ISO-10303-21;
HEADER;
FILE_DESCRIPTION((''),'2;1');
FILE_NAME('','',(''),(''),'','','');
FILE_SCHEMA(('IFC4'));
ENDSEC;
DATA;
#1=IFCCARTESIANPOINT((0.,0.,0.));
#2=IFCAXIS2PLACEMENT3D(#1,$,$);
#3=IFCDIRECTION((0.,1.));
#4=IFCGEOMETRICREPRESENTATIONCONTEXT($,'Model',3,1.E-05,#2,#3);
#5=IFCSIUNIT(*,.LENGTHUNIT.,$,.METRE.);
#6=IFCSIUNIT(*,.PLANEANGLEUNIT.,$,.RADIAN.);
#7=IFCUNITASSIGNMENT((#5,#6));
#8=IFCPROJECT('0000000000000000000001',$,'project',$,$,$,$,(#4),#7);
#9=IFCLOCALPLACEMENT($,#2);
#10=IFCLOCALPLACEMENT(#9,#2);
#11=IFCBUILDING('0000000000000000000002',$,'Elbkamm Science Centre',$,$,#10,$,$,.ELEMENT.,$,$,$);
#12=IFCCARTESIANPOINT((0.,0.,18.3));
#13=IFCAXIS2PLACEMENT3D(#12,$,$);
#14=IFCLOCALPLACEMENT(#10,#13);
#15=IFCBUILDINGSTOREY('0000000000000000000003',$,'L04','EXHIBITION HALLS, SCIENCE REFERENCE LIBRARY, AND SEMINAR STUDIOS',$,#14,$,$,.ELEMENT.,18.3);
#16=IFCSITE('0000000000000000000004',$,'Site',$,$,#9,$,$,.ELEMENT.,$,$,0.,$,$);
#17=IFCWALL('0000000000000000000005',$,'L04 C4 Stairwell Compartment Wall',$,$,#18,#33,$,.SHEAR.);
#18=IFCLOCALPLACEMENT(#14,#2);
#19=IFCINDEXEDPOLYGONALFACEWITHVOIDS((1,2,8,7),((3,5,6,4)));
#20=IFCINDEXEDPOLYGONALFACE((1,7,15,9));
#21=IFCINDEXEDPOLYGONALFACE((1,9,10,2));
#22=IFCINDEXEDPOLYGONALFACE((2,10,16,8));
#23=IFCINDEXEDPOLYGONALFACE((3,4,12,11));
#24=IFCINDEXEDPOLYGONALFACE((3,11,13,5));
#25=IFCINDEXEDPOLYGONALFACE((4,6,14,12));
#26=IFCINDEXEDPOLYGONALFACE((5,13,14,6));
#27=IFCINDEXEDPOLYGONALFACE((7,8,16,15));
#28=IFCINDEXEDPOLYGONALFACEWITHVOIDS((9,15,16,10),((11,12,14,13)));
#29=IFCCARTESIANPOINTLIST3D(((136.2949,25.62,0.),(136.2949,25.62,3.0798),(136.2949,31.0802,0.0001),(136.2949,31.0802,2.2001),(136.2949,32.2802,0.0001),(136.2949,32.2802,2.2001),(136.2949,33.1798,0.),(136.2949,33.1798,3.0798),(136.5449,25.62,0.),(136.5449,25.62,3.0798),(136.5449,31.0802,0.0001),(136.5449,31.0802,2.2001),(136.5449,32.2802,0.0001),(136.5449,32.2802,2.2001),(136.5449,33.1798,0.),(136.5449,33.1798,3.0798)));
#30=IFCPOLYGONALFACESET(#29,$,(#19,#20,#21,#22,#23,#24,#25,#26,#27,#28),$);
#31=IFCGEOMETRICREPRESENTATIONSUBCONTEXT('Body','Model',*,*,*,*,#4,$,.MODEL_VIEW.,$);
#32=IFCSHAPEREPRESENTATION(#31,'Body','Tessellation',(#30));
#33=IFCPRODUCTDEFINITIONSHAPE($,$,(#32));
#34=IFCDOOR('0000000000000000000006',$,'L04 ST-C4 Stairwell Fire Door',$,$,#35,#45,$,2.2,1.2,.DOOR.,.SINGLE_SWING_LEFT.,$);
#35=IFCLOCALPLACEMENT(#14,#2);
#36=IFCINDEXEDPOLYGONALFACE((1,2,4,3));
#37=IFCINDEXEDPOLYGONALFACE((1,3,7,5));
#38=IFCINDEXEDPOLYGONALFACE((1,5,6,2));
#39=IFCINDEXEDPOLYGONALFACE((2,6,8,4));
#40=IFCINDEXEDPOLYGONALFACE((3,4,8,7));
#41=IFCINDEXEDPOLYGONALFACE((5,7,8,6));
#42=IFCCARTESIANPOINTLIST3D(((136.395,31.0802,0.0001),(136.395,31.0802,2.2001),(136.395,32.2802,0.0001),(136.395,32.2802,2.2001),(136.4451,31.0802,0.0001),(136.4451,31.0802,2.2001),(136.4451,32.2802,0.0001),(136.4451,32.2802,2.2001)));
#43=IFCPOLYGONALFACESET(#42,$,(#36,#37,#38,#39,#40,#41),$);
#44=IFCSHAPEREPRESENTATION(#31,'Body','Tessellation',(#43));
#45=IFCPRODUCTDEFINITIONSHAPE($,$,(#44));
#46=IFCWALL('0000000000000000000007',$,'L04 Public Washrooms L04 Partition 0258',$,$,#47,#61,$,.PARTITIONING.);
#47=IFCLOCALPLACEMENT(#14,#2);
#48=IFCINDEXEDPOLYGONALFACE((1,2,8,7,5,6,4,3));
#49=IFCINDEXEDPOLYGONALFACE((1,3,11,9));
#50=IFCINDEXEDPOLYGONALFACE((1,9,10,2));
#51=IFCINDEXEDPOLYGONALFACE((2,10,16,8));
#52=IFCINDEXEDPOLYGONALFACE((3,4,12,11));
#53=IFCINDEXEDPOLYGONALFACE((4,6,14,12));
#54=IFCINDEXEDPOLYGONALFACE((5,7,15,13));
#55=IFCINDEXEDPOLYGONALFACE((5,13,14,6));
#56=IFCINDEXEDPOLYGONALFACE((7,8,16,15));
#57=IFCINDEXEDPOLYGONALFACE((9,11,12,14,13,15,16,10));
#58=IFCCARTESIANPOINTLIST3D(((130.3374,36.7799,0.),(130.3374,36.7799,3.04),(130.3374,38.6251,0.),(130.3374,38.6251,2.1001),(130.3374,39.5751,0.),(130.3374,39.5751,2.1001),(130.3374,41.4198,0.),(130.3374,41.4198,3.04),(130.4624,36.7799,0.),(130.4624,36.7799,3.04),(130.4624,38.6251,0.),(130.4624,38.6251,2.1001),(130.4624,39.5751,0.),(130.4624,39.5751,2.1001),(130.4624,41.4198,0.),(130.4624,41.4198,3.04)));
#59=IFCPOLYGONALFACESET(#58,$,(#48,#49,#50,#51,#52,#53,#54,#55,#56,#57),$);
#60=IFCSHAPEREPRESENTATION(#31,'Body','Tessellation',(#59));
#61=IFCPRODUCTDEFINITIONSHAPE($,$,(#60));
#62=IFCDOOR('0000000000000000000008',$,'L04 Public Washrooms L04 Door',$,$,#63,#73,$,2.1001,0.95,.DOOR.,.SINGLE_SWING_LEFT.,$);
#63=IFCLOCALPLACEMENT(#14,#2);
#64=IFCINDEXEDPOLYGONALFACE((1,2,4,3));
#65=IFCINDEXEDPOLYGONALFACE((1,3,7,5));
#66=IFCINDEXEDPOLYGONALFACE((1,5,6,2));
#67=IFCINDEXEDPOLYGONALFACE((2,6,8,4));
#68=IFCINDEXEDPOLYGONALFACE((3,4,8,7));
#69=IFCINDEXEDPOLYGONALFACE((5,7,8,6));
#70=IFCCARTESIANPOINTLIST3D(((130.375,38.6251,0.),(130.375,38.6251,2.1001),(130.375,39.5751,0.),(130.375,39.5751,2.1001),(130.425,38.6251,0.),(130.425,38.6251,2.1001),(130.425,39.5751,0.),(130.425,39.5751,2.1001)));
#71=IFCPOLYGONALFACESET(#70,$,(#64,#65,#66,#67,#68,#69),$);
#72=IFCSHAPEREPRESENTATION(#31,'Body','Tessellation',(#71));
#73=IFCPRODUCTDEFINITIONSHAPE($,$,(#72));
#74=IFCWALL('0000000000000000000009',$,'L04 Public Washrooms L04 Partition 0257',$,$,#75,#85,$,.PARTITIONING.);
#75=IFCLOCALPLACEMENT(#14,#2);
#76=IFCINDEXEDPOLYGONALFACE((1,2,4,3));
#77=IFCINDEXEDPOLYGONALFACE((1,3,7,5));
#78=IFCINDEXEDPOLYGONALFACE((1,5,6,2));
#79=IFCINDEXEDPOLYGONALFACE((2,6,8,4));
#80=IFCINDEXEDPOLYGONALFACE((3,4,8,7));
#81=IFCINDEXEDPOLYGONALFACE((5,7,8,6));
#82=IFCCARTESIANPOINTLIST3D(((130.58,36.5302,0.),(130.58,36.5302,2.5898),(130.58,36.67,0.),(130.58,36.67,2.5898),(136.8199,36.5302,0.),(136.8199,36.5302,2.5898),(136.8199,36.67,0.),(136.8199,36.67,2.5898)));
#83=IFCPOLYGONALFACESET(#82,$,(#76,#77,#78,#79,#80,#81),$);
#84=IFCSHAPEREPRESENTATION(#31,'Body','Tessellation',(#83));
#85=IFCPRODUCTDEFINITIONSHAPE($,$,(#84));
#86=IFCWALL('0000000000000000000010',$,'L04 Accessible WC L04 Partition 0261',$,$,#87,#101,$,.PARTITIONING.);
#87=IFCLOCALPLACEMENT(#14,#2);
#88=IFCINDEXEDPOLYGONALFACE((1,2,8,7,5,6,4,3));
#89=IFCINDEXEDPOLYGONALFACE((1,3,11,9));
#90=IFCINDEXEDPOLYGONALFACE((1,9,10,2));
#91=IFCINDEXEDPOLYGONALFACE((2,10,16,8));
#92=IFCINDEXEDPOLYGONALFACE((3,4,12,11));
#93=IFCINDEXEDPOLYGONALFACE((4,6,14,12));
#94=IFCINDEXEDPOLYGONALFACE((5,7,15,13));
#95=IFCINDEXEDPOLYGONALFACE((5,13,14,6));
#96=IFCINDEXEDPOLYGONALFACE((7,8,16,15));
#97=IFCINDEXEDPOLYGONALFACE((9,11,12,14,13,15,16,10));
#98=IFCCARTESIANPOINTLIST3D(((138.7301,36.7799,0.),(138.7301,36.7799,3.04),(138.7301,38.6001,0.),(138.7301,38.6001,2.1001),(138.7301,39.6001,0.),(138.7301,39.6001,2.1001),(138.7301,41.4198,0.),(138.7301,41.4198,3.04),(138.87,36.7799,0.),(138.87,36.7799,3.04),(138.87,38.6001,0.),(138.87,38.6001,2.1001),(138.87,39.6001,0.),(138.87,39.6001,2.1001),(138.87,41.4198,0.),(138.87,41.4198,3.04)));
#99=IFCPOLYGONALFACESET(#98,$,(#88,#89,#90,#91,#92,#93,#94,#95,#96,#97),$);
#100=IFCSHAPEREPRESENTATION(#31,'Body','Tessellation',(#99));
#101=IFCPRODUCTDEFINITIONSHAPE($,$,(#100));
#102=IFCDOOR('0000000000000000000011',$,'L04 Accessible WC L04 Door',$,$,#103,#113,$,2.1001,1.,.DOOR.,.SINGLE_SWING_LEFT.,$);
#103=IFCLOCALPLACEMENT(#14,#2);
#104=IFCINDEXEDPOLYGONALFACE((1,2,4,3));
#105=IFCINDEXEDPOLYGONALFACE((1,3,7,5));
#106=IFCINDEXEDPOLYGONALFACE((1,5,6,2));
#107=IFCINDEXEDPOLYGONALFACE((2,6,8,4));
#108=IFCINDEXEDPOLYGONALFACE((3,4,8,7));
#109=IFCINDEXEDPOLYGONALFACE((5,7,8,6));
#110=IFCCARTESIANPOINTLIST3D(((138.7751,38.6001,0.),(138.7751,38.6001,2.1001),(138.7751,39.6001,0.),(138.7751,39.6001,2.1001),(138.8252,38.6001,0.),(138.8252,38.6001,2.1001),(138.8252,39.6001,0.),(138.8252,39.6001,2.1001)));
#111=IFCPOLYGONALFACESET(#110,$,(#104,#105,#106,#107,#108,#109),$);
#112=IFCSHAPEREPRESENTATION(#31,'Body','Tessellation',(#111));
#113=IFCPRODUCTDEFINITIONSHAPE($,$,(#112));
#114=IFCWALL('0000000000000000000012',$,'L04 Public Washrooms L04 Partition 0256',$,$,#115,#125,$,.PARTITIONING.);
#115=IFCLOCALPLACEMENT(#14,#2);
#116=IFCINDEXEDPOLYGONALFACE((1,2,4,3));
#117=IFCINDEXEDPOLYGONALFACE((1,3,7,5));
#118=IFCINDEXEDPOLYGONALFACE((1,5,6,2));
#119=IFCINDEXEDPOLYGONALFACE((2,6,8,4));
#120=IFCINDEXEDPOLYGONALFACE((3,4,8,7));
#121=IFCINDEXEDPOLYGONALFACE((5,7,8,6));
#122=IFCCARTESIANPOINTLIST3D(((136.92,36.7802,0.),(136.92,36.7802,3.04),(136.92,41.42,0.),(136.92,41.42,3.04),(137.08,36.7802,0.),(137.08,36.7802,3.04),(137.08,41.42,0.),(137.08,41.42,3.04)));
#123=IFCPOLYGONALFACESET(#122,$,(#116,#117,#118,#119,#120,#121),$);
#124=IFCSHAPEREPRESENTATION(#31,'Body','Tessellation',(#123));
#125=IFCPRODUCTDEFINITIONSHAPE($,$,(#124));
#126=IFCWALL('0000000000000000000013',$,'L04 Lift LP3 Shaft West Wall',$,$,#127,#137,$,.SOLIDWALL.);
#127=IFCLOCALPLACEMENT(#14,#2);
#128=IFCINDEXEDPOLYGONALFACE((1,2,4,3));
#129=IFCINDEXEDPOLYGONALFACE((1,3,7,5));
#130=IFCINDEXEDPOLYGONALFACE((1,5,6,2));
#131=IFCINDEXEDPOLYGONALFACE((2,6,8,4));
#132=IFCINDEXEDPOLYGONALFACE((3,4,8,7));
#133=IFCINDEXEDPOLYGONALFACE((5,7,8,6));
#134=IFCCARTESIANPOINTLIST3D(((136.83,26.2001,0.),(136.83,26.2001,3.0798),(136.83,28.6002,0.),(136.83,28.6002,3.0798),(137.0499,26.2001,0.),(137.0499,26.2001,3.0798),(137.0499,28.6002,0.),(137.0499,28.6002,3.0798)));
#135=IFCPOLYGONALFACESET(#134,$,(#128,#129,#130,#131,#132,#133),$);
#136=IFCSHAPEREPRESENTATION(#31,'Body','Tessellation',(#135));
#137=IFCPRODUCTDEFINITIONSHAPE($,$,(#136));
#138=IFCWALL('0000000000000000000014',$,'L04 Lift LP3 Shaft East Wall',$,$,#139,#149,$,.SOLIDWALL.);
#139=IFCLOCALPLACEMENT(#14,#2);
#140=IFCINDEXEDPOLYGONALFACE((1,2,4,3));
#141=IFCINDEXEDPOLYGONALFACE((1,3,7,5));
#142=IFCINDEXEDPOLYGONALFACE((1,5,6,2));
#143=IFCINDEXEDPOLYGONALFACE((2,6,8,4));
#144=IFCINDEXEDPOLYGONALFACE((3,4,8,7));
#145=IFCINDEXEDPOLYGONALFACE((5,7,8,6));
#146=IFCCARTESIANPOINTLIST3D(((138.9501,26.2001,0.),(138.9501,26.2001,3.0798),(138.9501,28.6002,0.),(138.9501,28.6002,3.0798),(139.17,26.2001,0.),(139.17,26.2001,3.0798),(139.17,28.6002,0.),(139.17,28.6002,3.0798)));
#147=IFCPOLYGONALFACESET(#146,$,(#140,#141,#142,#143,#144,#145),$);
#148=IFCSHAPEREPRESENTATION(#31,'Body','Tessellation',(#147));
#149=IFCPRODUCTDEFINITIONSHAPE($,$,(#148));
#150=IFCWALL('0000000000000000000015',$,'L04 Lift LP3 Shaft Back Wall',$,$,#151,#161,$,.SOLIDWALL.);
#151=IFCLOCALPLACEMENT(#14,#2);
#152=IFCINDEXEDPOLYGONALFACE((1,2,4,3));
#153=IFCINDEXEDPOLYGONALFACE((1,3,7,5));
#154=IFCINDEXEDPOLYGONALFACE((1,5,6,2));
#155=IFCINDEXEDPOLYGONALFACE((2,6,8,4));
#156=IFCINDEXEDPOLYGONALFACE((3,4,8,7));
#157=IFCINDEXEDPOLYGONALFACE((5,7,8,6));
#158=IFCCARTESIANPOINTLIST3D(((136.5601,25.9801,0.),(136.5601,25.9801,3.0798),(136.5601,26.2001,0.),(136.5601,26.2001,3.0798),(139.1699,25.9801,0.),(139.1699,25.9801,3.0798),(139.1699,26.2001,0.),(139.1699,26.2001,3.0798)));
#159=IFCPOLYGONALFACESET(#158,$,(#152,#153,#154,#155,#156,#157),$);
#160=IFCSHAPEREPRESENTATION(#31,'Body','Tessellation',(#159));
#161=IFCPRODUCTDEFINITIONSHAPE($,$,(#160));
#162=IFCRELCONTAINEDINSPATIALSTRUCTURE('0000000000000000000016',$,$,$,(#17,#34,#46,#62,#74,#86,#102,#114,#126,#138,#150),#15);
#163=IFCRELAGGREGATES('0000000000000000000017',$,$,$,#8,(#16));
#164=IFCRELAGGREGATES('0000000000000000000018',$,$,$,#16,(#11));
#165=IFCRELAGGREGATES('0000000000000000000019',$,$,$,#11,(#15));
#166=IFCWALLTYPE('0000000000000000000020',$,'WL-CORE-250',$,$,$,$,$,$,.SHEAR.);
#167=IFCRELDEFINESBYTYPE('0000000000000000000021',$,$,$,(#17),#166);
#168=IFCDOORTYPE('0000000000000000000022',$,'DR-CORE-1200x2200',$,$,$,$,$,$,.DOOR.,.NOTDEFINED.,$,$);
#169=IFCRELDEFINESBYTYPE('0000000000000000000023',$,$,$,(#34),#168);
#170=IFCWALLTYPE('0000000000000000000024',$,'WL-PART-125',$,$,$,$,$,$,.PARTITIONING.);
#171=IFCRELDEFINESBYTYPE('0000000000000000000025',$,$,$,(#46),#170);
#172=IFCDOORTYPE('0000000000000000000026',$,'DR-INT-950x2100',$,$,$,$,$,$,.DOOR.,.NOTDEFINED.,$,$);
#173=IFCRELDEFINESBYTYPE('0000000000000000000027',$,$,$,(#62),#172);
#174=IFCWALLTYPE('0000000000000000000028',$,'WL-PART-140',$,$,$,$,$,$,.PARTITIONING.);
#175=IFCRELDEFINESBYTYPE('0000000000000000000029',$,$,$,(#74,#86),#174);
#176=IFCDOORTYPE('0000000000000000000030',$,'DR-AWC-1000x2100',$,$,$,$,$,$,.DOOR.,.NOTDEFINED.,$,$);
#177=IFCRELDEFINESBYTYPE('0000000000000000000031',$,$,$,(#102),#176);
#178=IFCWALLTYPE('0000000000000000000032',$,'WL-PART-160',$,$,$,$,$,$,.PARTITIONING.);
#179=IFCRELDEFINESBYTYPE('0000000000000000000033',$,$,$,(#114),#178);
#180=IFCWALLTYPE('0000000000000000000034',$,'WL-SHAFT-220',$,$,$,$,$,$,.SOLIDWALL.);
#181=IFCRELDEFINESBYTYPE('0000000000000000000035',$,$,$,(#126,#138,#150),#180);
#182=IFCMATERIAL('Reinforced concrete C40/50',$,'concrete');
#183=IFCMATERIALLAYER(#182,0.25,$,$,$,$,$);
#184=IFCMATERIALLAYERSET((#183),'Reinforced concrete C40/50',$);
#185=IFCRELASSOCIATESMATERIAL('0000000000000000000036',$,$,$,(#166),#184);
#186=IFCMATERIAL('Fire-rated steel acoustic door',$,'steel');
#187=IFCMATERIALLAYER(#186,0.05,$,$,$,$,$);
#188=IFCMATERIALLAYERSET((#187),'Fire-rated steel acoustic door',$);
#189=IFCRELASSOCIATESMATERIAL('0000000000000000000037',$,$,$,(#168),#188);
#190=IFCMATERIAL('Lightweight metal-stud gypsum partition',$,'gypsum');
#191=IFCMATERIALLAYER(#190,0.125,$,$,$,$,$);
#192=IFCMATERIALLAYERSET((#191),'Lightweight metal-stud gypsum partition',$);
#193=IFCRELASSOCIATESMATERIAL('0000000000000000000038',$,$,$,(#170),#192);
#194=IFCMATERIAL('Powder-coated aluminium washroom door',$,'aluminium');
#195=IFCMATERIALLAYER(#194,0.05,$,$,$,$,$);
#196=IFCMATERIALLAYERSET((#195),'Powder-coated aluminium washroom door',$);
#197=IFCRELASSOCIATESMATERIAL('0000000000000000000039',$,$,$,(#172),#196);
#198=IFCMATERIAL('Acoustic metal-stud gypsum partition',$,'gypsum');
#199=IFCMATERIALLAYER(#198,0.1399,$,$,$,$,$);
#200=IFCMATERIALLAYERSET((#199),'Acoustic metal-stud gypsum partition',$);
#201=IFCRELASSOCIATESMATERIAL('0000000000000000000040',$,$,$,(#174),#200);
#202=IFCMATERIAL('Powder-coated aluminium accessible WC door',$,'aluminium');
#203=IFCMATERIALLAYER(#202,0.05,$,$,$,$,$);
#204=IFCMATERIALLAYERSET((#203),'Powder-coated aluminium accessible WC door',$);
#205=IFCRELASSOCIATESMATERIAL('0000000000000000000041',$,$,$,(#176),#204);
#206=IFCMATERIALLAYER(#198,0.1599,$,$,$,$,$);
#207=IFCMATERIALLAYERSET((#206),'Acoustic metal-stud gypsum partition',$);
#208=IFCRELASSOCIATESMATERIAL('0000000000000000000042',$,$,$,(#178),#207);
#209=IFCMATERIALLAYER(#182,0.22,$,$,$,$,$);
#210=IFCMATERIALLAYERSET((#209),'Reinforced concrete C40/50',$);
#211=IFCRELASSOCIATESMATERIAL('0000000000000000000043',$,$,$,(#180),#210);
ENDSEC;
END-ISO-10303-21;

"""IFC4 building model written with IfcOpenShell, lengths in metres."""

from ifc_helpers import new_model, si_unit, direction, frame, frame_2d, origin, place, context, subcontext, project, spatial, rectangle, extrude, material, layer, layer_set, type_object, element, fill, save


model = new_model("IFC4")

# Units and contexts
model_context = context("Model", 3, precision=1e-05, world=origin(), true_north=direction((0.0, 1.0)))
body_context = subcontext(model_context, "Body", "Model", "MODEL_VIEW")
ifc_project = project(units=[si_unit("LENGTHUNIT", "METRE"), si_unit("PLANEANGLEUNIT", "RADIAN")], contexts=[model_context])

# Site, building, storey
site_placement = place(None, origin())
site = spatial("IfcSite", under=ifc_project, at=site_placement, Name="Site", CompositionType="ELEMENT", RefElevation=0.0)
building_placement = place(site_placement, origin())
building = spatial("IfcBuilding", under=site, at=building_placement, Name="Elbkamm Science Centre", CompositionType="ELEMENT")
storey_placement = place(building_placement, frame((0.0, 0.0, 18.3)))
storey = spatial("IfcBuildingStorey", under=building, at=storey_placement, Name="L04", Description="EXHIBITION HALLS, SCIENCE REFERENCE LIBRARY, AND SEMINAR STUDIOS", CompositionType="ELEMENT", Elevation=18.3)

# Shared definitions
ifc_material_1 = material(Name="Reinforced concrete C40/50", Category="concrete")
ifc_layer_1 = layer(ifc_material_1, 0.25)
ifc_layer_set_1 = layer_set([ifc_layer_1], Name="Reinforced concrete C40/50")
wall_type_1 = type_object("IfcWallType", Name="WL-CORE-250", PredefinedType="SHEAR", material=ifc_layer_set_1)

# Walls, openings, doors
wall_1_placement = place(storey_placement, frame((136.4199, 25.6201, 0.0), z_axis=(0.0, 0.0, 1.0), x_axis=(0.0, 1.0, 0.0)))
wall_1 = element("IfcWall", 1, at=wall_1_placement, inside=storey, type_object=wall_type_1, Name="L04 C4 Stairwell Compartment Wall", PredefinedType="SHEAR", context=body_context, shape_type="SweptSolid", body=[
    extrude(rectangle(XDim=7.5598, YDim=0.25, at=frame_2d((3.7798, 0.0))), origin(), (0.0, 0.0, 1.0), 3.0798),
])
opening_1_placement = place(wall_1_placement, frame((5.46, 0.0, 0.0)))
opening_1 = element("IfcOpeningElement", 2, at=opening_1_placement, cuts=wall_1, PredefinedType="OPENING", context=body_context, shape_type="SweptSolid", body=[
    extrude(rectangle(XDim=1.2, YDim=2.2, at=frame_2d((0.6001, 1.1001))), frame((0.0, 0.137, 0.0), z_axis=(0.0, -1.0, 0.0), x_axis=(1.0, 0.0, 0.0)), (0.0, 0.0, 1.0), 0.2739),
])
ifc_material_2 = material(Name="Fire-rated steel acoustic door", Category="steel")
ifc_layer_2 = layer(ifc_material_2, 0.05)
ifc_layer_set_2 = layer_set([ifc_layer_2], Name="Fire-rated steel acoustic door")
door_type_1 = type_object("IfcDoorType", Name="DR-CORE-1200x2200", OperationType="NOTDEFINED", PredefinedType="DOOR", material=ifc_layer_set_2)
door_1_placement = place(opening_1_placement, origin())
door_1 = element("IfcDoor", 3, at=door_1_placement, inside=storey, type_object=door_type_1, Name="L04 ST-C4 Stairwell Fire Door", OperationType="SINGLE_SWING_LEFT", OverallHeight=2.2, OverallWidth=1.2, PredefinedType="DOOR", context=body_context, shape_type="SweptSolid", body=[
    extrude(rectangle(XDim=1.2, YDim=2.2, at=frame_2d((0.6001, 1.1001))), frame((0.0, 0.0249, 0.0), z_axis=(0.0, -1.0, 0.0), x_axis=(1.0, 0.0, 0.0)), (0.0, 0.0, 1.0), 0.05),
])
fill(opening_1, door_1)
ifc_material_3 = material(Name="Lightweight metal-stud gypsum partition", Category="gypsum")
ifc_layer_3 = layer(ifc_material_3, 0.125)
ifc_layer_set_3 = layer_set([ifc_layer_3], Name="Lightweight metal-stud gypsum partition")
wall_type_2 = type_object("IfcWallType", Name="WL-PART-125", PredefinedType="PARTITIONING", material=ifc_layer_set_3)
wall_2_placement = place(storey_placement, frame((130.3999, 36.78, 0.0), z_axis=(0.0, 0.0, 1.0), x_axis=(0.0, 1.0, 0.0)))
wall_2 = element("IfcWall", 4, at=wall_2_placement, inside=storey, type_object=wall_type_2, Name="L04 Public Washrooms L04 Partition 0258", PredefinedType="PARTITIONING", context=body_context, shape_type="SweptSolid", body=[
    extrude(rectangle(XDim=4.6399, YDim=0.125, at=frame_2d((2.3198, 0.0))), origin(), (0.0, 0.0, 1.0), 3.04),
])
opening_2_placement = place(wall_2_placement, frame((1.845, 0.0, 0.0)))
opening_2 = element("IfcOpeningElement", 5, at=opening_2_placement, cuts=wall_2, PredefinedType="OPENING", context=body_context, shape_type="SweptSolid", body=[
    extrude(rectangle(XDim=0.95, YDim=2.1001, at=frame_2d((0.4751, 1.05))), frame((0.0, 0.0745, 0.0), z_axis=(0.0, -1.0, 0.0), x_axis=(1.0, 0.0, 0.0)), (0.0, 0.0, 1.0), 0.1489),
])
ifc_material_4 = material(Name="Powder-coated aluminium washroom door", Category="aluminium")
ifc_layer_4 = layer(ifc_material_4, 0.05)
ifc_layer_set_4 = layer_set([ifc_layer_4], Name="Powder-coated aluminium washroom door")
door_type_2 = type_object("IfcDoorType", Name="DR-INT-950x2100", OperationType="NOTDEFINED", PredefinedType="DOOR", material=ifc_layer_set_4)
door_2_placement = place(opening_2_placement, origin())
door_2 = element("IfcDoor", 6, at=door_2_placement, inside=storey, type_object=door_type_2, Name="L04 Public Washrooms L04 Door", OperationType="SINGLE_SWING_LEFT", OverallHeight=2.1001, OverallWidth=0.95, PredefinedType="DOOR", context=body_context, shape_type="SweptSolid", body=[
    extrude(rectangle(XDim=0.95, YDim=2.1001, at=frame_2d((0.4751, 1.05))), frame((0.0, 0.0249, 0.0), z_axis=(0.0, -1.0, 0.0), x_axis=(1.0, 0.0, 0.0)), (0.0, 0.0, 1.0), 0.05),
])
fill(opening_2, door_2)

# Wall
ifc_material_5 = material(Name="Acoustic metal-stud gypsum partition", Category="gypsum")
ifc_layer_5 = layer(ifc_material_5, 0.1399)
ifc_layer_set_5 = layer_set([ifc_layer_5], Name="Acoustic metal-stud gypsum partition")
wall_type_3 = type_object("IfcWallType", Name="WL-PART-140", PredefinedType="PARTITIONING", material=ifc_layer_set_5)
wall_3_placement = place(storey_placement, frame((136.8201, 36.6001, 0.0), z_axis=(0.0, 0.0, 1.0), x_axis=(-1.0, 0.0, 0.0)))
element("IfcWall", 7, at=wall_3_placement, inside=storey, type_object=wall_type_3, Name="L04 Public Washrooms L04 Partition 0257", PredefinedType="PARTITIONING", context=body_context, shape_type="SweptSolid", body=[
    extrude(rectangle(XDim=6.24, YDim=0.1399, at=frame_2d((3.1201, 0.0))), origin(), (0.0, 0.0, 1.0), 2.5898),
])

# Wall, opening, door
wall_4_placement = place(storey_placement, frame((138.8, 36.78, 0.0), z_axis=(0.0, 0.0, 1.0), x_axis=(0.0, 1.0, 0.0)))
wall_4 = element("IfcWall", 8, at=wall_4_placement, inside=storey, type_object=wall_type_3, Name="L04 Accessible WC L04 Partition 0261", PredefinedType="PARTITIONING", context=body_context, shape_type="SweptSolid", body=[
    extrude(rectangle(XDim=4.6399, YDim=0.1399, at=frame_2d((2.3198, 0.0))), origin(), (0.0, 0.0, 1.0), 3.04),
])
opening_3_placement = place(wall_4_placement, frame((1.8201, 0.0, 0.0)))
opening_3 = element("IfcOpeningElement", 9, at=opening_3_placement, cuts=wall_4, PredefinedType="OPENING", context=body_context, shape_type="SweptSolid", body=[
    extrude(rectangle(XDim=1.0, YDim=2.1001, at=frame_2d((0.5, 1.05))), frame((0.0, 0.082, 0.0), z_axis=(0.0, -1.0, 0.0), x_axis=(1.0, 0.0, 0.0)), (0.0, 0.0, 1.0), 0.1638),
])
ifc_material_6 = material(Name="Powder-coated aluminium accessible WC door", Category="aluminium")
ifc_layer_6 = layer(ifc_material_6, 0.05)
ifc_layer_set_6 = layer_set([ifc_layer_6], Name="Powder-coated aluminium accessible WC door")
door_type_3 = type_object("IfcDoorType", Name="DR-AWC-1000x2100", OperationType="NOTDEFINED", PredefinedType="DOOR", material=ifc_layer_set_6)
door_3_placement = place(opening_3_placement, origin())
door_3 = element("IfcDoor", 10, at=door_3_placement, inside=storey, type_object=door_type_3, Name="L04 Accessible WC L04 Door", OperationType="SINGLE_SWING_LEFT", OverallHeight=2.1001, OverallWidth=1.0, PredefinedType="DOOR", context=body_context, shape_type="SweptSolid", body=[
    extrude(rectangle(XDim=1.0, YDim=2.1001, at=frame_2d((0.5, 1.05))), frame((0.0, 0.0249, 0.0), z_axis=(0.0, -1.0, 0.0), x_axis=(1.0, 0.0, 0.0)), (0.0, 0.0, 1.0), 0.05),
])
fill(opening_3, door_3)

# Walls
ifc_layer_7 = layer(ifc_material_5, 0.1599)
ifc_layer_set_7 = layer_set([ifc_layer_7], Name="Acoustic metal-stud gypsum partition")
wall_type_4 = type_object("IfcWallType", Name="WL-PART-160", PredefinedType="PARTITIONING", material=ifc_layer_set_7)
wall_5_placement = place(storey_placement, frame((137.0, 41.4199, 0.0), z_axis=(0.0, 0.0, 1.0), x_axis=(0.0, -1.0, 0.0)))
element("IfcWall", 11, at=wall_5_placement, inside=storey, type_object=wall_type_4, Name="L04 Public Washrooms L04 Partition 0256", PredefinedType="PARTITIONING", context=body_context, shape_type="SweptSolid", body=[
    extrude(rectangle(XDim=4.6399, YDim=0.1599, at=frame_2d((2.3198, 0.0))), origin(), (0.0, 0.0, 1.0), 3.04),
])
ifc_layer_8 = layer(ifc_material_1, 0.22)
ifc_layer_set_8 = layer_set([ifc_layer_8], Name="Reinforced concrete C40/50")
wall_type_5 = type_object("IfcWallType", Name="WL-SHAFT-220", PredefinedType="SOLIDWALL", material=ifc_layer_set_8)
for number, where, z_axis, x_axis, name in (
    (12, (136.9399, 26.2, 0.0), (0.0, 0.0, 1.0), (0.0, 1.0, 0.0), "L04 Lift LP3 Shaft West Wall"),
    (13, (139.0601, 26.2, 0.0), (0.0, 0.0, 1.0), (0.0, 1.0, 0.0), "L04 Lift LP3 Shaft East Wall"),
):
    element("IfcWall", number, at=place(storey_placement, frame(where, z_axis=z_axis, x_axis=x_axis)), inside=storey, type_object=wall_type_5, Name=name, PredefinedType="SOLIDWALL", context=body_context, shape_type="SweptSolid", body=[
        extrude(rectangle(XDim=2.4001, YDim=0.22, at=frame_2d((1.2002, 0.0))), origin(), (0.0, 0.0, 1.0), 3.0798),
    ])
wall_6_placement = place(storey_placement, frame((136.5601, 26.0901, 0.0), z_axis=(0.0, 0.0, 1.0), x_axis=(1.0, 0.0, 0.0)))
element("IfcWall", 14, at=wall_6_placement, inside=storey, type_object=wall_type_5, Name="L04 Lift LP3 Shaft Back Wall", PredefinedType="SOLIDWALL", context=body_context, shape_type="SweptSolid", body=[
    extrude(rectangle(XDim=2.6099, YDim=0.22, at=frame_2d((1.3049, 0.0))), origin(), (0.0, 0.0, 1.0), 3.0798),
])

save(model, "model.ifc")
